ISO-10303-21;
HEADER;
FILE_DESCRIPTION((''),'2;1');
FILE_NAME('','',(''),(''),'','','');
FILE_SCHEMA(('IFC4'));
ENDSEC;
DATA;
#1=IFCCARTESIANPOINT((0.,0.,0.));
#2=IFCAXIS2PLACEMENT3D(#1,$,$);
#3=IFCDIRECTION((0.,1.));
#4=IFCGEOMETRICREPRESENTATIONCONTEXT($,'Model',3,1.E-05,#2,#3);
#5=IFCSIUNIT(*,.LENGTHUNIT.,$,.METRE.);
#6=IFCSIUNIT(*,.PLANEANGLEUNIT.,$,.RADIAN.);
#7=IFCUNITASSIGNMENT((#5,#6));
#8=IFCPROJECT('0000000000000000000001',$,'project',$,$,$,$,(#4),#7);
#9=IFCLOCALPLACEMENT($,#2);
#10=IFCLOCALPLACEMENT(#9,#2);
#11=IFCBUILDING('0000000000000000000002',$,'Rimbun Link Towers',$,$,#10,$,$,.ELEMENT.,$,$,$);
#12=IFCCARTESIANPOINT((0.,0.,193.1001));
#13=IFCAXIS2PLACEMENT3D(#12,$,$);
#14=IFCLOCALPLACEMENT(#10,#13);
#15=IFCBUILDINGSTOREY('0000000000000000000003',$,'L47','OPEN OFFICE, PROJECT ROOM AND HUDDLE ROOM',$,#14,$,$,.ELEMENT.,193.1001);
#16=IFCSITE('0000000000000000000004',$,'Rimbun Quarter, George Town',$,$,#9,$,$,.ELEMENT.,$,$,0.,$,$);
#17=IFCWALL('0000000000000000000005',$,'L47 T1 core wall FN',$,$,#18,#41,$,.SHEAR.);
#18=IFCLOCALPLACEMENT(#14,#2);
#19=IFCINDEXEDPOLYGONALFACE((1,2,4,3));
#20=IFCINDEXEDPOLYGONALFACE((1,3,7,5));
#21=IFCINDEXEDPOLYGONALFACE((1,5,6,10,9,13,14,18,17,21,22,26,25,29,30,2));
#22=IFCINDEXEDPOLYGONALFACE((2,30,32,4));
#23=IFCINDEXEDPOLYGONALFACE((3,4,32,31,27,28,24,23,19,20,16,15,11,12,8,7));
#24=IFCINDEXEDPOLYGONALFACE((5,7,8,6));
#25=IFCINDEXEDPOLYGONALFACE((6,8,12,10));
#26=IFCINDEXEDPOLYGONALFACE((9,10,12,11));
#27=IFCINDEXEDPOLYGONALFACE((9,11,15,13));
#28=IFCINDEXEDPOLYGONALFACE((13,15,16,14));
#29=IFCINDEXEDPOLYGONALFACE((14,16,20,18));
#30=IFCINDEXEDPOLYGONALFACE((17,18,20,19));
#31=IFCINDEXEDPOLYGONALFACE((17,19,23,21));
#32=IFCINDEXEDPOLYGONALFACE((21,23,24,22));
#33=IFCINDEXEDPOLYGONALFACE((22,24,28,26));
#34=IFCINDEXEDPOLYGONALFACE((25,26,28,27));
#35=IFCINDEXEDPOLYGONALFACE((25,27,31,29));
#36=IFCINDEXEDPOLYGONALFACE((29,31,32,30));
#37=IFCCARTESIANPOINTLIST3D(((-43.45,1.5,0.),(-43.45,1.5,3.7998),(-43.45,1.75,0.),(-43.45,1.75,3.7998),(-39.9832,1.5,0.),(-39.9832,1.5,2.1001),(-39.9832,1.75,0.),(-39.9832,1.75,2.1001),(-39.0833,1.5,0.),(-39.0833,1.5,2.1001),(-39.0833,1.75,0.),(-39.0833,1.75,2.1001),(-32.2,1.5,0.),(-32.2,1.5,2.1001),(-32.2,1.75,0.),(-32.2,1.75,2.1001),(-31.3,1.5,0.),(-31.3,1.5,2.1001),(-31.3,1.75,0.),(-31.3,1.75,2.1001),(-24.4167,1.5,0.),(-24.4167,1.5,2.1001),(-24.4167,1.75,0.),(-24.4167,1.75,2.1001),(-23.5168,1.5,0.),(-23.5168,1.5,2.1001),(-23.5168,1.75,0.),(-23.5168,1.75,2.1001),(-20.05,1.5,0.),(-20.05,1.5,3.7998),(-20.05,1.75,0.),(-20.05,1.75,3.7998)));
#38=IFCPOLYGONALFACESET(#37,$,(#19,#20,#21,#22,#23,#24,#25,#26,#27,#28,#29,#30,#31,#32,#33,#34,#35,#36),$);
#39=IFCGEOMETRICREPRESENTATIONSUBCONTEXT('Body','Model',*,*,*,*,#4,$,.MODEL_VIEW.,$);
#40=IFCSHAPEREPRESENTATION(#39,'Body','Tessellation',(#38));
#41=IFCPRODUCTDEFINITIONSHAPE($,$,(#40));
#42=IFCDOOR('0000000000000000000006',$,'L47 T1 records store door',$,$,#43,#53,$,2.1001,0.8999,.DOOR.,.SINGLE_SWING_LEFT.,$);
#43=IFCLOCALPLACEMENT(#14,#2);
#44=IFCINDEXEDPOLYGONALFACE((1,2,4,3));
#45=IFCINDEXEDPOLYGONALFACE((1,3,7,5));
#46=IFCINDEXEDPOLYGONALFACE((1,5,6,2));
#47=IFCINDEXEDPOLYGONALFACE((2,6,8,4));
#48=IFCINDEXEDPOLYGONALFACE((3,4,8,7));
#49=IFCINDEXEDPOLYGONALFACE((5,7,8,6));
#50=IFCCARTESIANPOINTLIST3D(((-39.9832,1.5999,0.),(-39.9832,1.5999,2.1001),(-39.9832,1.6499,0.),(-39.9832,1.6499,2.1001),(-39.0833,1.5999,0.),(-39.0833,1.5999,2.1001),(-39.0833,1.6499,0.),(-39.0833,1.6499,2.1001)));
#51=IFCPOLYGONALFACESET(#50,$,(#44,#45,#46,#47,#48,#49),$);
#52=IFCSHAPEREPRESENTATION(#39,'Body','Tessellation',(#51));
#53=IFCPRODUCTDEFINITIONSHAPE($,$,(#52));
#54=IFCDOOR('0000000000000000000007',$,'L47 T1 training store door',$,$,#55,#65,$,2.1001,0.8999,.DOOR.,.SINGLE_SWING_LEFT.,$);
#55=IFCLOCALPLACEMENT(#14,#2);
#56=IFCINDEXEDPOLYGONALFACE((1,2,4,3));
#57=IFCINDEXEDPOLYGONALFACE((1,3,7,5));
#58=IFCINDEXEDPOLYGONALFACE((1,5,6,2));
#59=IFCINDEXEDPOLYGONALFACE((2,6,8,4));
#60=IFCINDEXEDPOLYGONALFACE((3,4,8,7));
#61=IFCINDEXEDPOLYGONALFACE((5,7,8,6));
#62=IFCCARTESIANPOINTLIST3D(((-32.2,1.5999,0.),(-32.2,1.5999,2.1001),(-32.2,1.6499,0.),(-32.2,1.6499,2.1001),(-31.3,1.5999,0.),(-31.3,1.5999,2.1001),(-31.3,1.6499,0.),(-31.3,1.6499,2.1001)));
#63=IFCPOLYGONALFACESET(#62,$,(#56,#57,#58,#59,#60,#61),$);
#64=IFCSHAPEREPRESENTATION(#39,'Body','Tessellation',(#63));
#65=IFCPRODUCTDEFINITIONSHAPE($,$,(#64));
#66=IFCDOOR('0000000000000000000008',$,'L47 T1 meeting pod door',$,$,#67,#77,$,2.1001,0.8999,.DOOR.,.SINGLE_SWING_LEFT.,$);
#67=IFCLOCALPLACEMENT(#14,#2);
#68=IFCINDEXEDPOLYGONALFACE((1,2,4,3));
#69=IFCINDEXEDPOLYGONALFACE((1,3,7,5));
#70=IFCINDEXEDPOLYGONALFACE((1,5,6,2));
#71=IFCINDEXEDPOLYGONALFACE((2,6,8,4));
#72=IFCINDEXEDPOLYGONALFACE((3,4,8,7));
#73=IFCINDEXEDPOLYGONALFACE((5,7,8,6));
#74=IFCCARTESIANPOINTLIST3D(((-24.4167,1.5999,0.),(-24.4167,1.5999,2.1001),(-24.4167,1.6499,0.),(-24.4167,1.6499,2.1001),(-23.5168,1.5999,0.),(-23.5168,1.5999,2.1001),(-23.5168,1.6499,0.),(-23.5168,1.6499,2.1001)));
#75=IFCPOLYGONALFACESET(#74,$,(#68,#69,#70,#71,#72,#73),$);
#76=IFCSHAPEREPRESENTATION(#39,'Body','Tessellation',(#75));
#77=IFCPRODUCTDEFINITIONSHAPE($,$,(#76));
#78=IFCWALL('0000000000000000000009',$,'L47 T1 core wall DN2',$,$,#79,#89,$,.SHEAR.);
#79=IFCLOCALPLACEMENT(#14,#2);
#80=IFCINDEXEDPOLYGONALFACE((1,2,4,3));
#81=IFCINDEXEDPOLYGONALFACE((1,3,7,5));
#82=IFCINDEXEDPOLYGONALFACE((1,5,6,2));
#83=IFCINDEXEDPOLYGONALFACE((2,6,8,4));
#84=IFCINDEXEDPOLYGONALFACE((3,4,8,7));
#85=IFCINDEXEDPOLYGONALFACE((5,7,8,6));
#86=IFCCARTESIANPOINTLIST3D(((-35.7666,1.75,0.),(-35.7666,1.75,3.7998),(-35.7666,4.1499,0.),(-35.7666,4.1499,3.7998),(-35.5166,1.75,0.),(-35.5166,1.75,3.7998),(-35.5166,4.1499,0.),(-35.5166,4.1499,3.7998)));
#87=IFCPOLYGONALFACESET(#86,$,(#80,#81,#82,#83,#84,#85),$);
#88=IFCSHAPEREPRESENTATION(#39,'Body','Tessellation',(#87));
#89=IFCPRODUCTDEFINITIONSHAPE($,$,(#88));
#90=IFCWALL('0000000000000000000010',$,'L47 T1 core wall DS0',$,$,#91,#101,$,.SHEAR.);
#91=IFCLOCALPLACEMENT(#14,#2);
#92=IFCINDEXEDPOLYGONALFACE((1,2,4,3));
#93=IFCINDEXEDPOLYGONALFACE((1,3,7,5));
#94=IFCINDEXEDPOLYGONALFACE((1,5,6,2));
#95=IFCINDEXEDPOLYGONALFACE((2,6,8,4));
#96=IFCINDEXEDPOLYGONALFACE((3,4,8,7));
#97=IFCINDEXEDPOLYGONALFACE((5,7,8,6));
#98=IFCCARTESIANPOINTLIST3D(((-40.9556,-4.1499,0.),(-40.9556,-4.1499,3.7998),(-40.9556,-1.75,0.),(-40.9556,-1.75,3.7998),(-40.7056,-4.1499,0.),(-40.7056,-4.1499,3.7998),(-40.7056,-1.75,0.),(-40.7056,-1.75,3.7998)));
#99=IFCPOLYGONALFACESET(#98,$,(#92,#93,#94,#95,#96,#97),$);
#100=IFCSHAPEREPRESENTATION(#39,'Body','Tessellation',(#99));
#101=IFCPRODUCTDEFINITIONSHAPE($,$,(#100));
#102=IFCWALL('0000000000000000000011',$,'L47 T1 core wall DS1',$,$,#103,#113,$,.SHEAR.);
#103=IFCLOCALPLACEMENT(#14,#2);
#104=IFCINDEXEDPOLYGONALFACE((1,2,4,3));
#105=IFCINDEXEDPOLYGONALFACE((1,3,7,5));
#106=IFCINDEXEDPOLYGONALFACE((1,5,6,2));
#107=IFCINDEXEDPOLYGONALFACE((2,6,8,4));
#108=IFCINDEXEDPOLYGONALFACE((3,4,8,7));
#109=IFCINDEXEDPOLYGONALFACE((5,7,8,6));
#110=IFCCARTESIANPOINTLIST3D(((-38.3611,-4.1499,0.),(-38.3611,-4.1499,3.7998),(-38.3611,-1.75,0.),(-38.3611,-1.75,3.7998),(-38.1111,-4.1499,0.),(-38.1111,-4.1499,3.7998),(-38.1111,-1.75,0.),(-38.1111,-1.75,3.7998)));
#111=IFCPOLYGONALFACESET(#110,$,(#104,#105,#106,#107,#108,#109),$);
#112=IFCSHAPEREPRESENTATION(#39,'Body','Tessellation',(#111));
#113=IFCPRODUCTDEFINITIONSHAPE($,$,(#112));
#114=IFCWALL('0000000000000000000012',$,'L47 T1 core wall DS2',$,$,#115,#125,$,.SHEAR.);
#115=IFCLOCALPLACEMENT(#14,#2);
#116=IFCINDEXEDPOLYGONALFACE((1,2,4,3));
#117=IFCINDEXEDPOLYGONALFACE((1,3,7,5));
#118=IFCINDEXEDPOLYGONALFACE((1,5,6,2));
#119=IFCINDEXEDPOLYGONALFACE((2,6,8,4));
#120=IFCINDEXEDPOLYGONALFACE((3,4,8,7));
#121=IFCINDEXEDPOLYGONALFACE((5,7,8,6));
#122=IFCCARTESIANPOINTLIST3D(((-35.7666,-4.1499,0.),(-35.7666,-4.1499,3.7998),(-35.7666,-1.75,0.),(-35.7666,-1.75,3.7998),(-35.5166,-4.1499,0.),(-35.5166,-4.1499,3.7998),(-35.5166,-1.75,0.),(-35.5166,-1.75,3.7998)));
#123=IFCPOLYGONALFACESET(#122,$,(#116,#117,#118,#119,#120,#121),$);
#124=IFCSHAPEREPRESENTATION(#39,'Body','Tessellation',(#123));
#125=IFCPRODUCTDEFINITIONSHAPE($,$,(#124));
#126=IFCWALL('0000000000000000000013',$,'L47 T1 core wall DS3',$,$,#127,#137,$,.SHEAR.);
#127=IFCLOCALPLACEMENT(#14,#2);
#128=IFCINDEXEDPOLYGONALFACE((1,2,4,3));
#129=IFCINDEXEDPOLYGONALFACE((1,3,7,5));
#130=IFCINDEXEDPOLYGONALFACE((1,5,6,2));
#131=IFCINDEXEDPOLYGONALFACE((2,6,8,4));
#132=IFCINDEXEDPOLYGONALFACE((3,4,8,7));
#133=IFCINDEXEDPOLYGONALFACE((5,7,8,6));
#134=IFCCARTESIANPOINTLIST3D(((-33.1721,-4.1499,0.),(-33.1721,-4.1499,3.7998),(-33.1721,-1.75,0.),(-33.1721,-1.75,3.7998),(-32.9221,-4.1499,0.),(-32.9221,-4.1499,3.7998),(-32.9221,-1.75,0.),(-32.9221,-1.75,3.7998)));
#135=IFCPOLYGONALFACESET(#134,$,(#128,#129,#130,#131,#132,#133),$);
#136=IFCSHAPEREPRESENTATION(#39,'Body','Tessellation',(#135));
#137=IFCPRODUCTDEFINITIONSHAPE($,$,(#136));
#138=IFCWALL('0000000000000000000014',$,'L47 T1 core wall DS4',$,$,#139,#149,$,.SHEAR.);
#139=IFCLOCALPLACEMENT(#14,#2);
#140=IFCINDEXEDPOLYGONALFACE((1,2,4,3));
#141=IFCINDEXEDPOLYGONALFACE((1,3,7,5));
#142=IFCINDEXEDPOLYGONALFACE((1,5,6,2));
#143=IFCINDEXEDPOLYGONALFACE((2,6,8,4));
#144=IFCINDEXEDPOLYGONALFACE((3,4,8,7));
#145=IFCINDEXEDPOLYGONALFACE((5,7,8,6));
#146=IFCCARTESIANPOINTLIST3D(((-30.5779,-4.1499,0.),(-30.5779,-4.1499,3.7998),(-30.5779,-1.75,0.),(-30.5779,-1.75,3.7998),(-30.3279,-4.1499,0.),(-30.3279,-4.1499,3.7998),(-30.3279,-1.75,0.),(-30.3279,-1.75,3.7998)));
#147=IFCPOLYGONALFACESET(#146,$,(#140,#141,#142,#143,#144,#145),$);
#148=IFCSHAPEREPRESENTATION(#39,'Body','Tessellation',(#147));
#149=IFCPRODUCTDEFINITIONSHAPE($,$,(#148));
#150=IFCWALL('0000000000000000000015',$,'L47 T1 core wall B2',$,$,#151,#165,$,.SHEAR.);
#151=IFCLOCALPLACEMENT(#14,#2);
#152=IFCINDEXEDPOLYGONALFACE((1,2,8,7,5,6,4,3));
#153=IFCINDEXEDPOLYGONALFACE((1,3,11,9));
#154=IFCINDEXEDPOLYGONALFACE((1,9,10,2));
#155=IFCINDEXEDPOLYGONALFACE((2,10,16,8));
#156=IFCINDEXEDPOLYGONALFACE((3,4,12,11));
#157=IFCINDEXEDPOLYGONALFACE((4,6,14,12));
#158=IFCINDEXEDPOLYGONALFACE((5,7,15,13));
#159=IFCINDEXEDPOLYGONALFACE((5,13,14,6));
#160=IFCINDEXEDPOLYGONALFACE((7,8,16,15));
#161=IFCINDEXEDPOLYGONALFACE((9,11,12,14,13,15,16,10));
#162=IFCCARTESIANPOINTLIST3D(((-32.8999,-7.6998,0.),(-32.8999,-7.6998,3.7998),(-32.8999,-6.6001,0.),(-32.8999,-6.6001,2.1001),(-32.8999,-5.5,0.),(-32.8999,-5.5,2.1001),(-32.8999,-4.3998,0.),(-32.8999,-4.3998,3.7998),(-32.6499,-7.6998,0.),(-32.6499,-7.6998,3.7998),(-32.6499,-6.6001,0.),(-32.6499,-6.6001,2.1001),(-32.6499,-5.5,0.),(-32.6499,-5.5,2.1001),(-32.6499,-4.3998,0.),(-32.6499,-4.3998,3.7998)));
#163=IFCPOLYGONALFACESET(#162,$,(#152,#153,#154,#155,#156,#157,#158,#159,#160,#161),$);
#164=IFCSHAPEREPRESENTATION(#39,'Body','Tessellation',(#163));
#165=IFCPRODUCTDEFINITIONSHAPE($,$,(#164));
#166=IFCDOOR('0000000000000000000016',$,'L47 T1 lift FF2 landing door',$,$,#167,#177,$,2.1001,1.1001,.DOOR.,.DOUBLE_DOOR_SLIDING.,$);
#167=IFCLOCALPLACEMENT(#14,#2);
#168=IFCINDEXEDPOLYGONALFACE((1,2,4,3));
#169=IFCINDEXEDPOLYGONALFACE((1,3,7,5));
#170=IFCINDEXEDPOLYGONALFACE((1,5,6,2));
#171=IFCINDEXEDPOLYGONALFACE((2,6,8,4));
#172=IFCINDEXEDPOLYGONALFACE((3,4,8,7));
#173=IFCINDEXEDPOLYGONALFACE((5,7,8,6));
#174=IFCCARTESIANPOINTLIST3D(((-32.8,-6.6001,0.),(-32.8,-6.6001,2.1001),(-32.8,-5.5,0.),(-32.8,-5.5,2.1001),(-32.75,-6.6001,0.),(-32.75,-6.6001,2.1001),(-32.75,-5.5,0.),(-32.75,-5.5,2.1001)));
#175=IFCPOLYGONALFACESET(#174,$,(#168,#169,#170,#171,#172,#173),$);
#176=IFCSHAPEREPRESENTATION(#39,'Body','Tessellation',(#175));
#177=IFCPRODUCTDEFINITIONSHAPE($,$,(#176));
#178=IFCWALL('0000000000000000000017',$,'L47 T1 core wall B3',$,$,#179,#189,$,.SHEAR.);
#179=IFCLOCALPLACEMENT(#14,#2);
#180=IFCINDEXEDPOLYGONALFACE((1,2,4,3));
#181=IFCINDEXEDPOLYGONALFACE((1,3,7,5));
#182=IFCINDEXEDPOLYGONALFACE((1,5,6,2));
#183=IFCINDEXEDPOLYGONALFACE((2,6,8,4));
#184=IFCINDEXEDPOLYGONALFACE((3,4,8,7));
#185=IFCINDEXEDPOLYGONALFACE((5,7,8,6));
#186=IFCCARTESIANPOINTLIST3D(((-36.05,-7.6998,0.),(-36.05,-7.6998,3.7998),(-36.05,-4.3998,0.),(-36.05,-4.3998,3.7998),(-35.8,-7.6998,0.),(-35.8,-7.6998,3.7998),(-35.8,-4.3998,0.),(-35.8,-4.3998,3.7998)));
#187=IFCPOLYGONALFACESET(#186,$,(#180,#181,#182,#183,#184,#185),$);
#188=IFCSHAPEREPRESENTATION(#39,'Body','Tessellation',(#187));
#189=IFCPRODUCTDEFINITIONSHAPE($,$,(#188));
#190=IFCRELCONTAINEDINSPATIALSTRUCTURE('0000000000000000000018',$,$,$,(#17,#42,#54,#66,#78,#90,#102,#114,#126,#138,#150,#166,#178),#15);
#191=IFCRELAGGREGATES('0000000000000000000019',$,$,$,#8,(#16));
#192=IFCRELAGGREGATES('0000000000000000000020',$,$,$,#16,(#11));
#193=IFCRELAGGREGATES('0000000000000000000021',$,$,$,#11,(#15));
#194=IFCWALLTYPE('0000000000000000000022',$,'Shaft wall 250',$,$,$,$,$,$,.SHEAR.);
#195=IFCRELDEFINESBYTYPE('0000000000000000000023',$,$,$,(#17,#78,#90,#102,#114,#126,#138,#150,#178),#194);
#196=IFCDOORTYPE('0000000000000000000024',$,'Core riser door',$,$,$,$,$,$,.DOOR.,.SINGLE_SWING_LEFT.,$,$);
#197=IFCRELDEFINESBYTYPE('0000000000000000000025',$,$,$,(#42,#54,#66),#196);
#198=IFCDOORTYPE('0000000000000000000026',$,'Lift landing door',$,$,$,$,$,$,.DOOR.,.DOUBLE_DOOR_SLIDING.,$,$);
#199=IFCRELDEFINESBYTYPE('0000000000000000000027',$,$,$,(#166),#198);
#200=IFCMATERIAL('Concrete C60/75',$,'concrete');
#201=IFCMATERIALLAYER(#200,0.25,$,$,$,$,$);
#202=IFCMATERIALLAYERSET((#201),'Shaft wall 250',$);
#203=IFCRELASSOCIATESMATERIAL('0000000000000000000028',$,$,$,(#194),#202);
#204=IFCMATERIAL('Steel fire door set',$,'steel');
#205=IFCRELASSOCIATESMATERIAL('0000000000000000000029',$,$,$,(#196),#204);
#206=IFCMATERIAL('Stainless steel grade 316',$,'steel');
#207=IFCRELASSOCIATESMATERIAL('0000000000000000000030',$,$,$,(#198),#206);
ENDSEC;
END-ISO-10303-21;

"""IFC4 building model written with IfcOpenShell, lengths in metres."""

from ifc_helpers import new_model, si_unit, direction, frame, frame_2d, origin, place, context, subcontext, project, spatial, rectangle, extrude, material, layer, layer_set, type_object, element, fill, save


model = new_model("IFC4")

# Units and contexts
model_context = context("Model", 3, precision=1e-05, world=origin(), true_north=direction((0.0, 1.0)))
body_context = subcontext(model_context, "Body", "Model", "MODEL_VIEW")
ifc_project = project(units=[si_unit("LENGTHUNIT", "METRE"), si_unit("PLANEANGLEUNIT", "RADIAN")], contexts=[model_context])

# Site, building, storey
site_placement = place(None, origin())
site = spatial("IfcSite", under=ifc_project, at=site_placement, Name="Rimbun Quarter, George Town", CompositionType="ELEMENT", RefElevation=0.0)
building_placement = place(site_placement, origin())
building = spatial("IfcBuilding", under=site, at=building_placement, Name="Rimbun Link Towers", CompositionType="ELEMENT")
storey_placement = place(building_placement, frame((0.0, 0.0, 193.1001)))
storey = spatial("IfcBuildingStorey", under=building, at=storey_placement, Name="L47", Description="OPEN OFFICE, PROJECT ROOM AND HUDDLE ROOM", CompositionType="ELEMENT", Elevation=193.1001)

# Shared definitions
ifc_material_1 = material(Name="Concrete C60/75", Category="concrete")
ifc_layer_1 = layer(ifc_material_1, 0.25)
ifc_layer_set_1 = layer_set([ifc_layer_1], Name="Shaft wall 250")
wall_type_1 = type_object("IfcWallType", Name="Shaft wall 250", PredefinedType="SHEAR", material=ifc_layer_set_1)

# Wall, openings, doors
wall_1_placement = place(storey_placement, frame((-43.45, 1.625, 0.0), z_axis=(0.0, 0.0, 1.0), x_axis=(1.0, 0.0, 0.0)))
wall_1 = element("IfcWall", 1, at=wall_1_placement, inside=storey, type_object=wall_type_1, Name="L47 T1 core wall FN", PredefinedType="SHEAR", context=body_context, shape_type="SweptSolid", body=[
    extrude(rectangle(XDim=23.3999, YDim=0.25, at=frame_2d((11.7, 0.0))), origin(), (0.0, 0.0, 1.0), 3.7998),
])
opening_1_placement = place(wall_1_placement, frame((3.4668, 0.0, 0.0)))
opening_1 = element("IfcOpeningElement", 2, at=opening_1_placement, cuts=wall_1, PredefinedType="OPENING", context=body_context, shape_type="SweptSolid", body=[
    extrude(rectangle(XDim=0.8999, YDim=2.1001, at=frame_2d((0.45, 1.05))), frame((0.0, 0.135, 0.0), z_axis=(0.0, -1.0, 0.0), x_axis=(1.0, 0.0, 0.0)), (0.0, 0.0, 1.0), 0.27),
])
opening_2_placement = place(wall_1_placement, frame((11.25, 0.0, 0.0)))
opening_2 = element("IfcOpeningElement", 3, at=opening_2_placement, cuts=wall_1, PredefinedType="OPENING", context=body_context, shape_type="SweptSolid", body=[
    extrude(rectangle(XDim=0.8999, YDim=2.1001, at=frame_2d((0.45, 1.05))), frame((0.0, 0.135, 0.0), z_axis=(0.0, -1.0, 0.0), x_axis=(1.0, 0.0, 0.0)), (0.0, 0.0, 1.0), 0.27),
])
opening_3_placement = place(wall_1_placement, frame((19.0332, 0.0, 0.0)))
opening_3 = element("IfcOpeningElement", 4, at=opening_3_placement, cuts=wall_1, PredefinedType="OPENING", context=body_context, shape_type="SweptSolid", body=[
    extrude(rectangle(XDim=0.8999, YDim=2.1001, at=frame_2d((0.45, 1.05))), frame((0.0, 0.135, 0.0), z_axis=(0.0, -1.0, 0.0), x_axis=(1.0, 0.0, 0.0)), (0.0, 0.0, 1.0), 0.27),
])
ifc_material_2 = material(Name="Steel fire door set", Category="steel")
door_type_1 = type_object("IfcDoorType", Name="Core riser door", OperationType="SINGLE_SWING_LEFT", PredefinedType="DOOR", material=ifc_material_2)
door_1_placement = place(opening_1_placement, origin())
door_1 = element("IfcDoor", 5, at=door_1_placement, inside=storey, type_object=door_type_1, Name="L47 T1 records store door", OperationType="SINGLE_SWING_LEFT", OverallHeight=2.1001, OverallWidth=0.8999, PredefinedType="DOOR", context=body_context, shape_type="SweptSolid", body=[
    extrude(rectangle(XDim=0.8999, YDim=2.1001, at=frame_2d((0.45, 1.05))), frame((0.0, 0.0249, 0.0), z_axis=(0.0, -1.0, 0.0), x_axis=(1.0, 0.0, 0.0)), (0.0, 0.0, 1.0), 0.05),
])
fill(opening_1, door_1)
door_2_placement = place(opening_2_placement, origin())
door_2 = element("IfcDoor", 6, at=door_2_placement, inside=storey, type_object=door_type_1, Name="L47 T1 training store door", OperationType="SINGLE_SWING_LEFT", OverallHeight=2.1001, OverallWidth=0.8999, PredefinedType="DOOR", context=body_context, shape_type="SweptSolid", body=[
    extrude(rectangle(XDim=0.8999, YDim=2.1001, at=frame_2d((0.45, 1.05))), frame((0.0, 0.0249, 0.0), z_axis=(0.0, -1.0, 0.0), x_axis=(1.0, 0.0, 0.0)), (0.0, 0.0, 1.0), 0.05),
])
fill(opening_2, door_2)
door_3_placement = place(opening_3_placement, origin())
door_3 = element("IfcDoor", 7, at=door_3_placement, inside=storey, type_object=door_type_1, Name="L47 T1 meeting pod door", OperationType="SINGLE_SWING_LEFT", OverallHeight=2.1001, OverallWidth=0.8999, PredefinedType="DOOR", context=body_context, shape_type="SweptSolid", body=[
    extrude(rectangle(XDim=0.8999, YDim=2.1001, at=frame_2d((0.45, 1.05))), frame((0.0, 0.0249, 0.0), z_axis=(0.0, -1.0, 0.0), x_axis=(1.0, 0.0, 0.0)), (0.0, 0.0, 1.0), 0.05),
])
fill(opening_3, door_3)

# Walls
for number, where, z_axis, x_axis, name in (
    (8, (-35.6416, 1.75, 0.0), (0.0, 0.0, 1.0), (0.0, 1.0, 0.0), "L47 T1 core wall DN2"),
    (9, (-40.8306, -4.1499, 0.0), (0.0, 0.0, 1.0), (0.0, 1.0, 0.0), "L47 T1 core wall DS0"),
    (10, (-38.2361, -4.1499, 0.0), (0.0, 0.0, 1.0), (0.0, 1.0, 0.0), "L47 T1 core wall DS1"),
    (11, (-35.6416, -4.1499, 0.0), (0.0, 0.0, 1.0), (0.0, 1.0, 0.0), "L47 T1 core wall DS2"),
    (12, (-33.0471, -4.1499, 0.0), (0.0, 0.0, 1.0), (0.0, 1.0, 0.0), "L47 T1 core wall DS3"),
    (13, (-30.4529, -4.1499, 0.0), (0.0, 0.0, 1.0), (0.0, 1.0, 0.0), "L47 T1 core wall DS4"),
):
    element("IfcWall", number, at=place(storey_placement, frame(where, z_axis=z_axis, x_axis=x_axis)), inside=storey, type_object=wall_type_1, Name=name, PredefinedType="SHEAR", context=body_context, shape_type="SweptSolid", body=[
        extrude(rectangle(XDim=2.3999, YDim=0.25, at=frame_2d((1.2, 0.0))), origin(), (0.0, 0.0, 1.0), 3.7998),
    ])

# Wall, opening, door
wall_2_placement = place(storey_placement, frame((-32.7749, -4.3999, 0.0), z_axis=(0.0, 0.0, 1.0), x_axis=(0.0, -1.0, 0.0)))
wall_2 = element("IfcWall", 14, at=wall_2_placement, inside=storey, type_object=wall_type_1, Name="L47 T1 core wall B2", PredefinedType="SHEAR", context=body_context, shape_type="SweptSolid", body=[
    extrude(rectangle(XDim=3.3, YDim=0.25, at=frame_2d((1.6499, 0.0))), origin(), (0.0, 0.0, 1.0), 3.7998),
])
opening_4_placement = place(wall_2_placement, frame((1.1001, 0.0, 0.0)))
opening_4 = element("IfcOpeningElement", 15, at=opening_4_placement, cuts=wall_2, PredefinedType="OPENING", context=body_context, shape_type="SweptSolid", body=[
    extrude(rectangle(XDim=1.1001, YDim=2.1001, at=frame_2d((0.55, 1.05))), frame((0.0, 0.135, 0.0), z_axis=(0.0, -1.0, 0.0), x_axis=(1.0, 0.0, 0.0)), (0.0, 0.0, 1.0), 0.27),
])
ifc_material_3 = material(Name="Stainless steel grade 316", Category="steel")
door_type_2 = type_object("IfcDoorType", Name="Lift landing door", OperationType="DOUBLE_DOOR_SLIDING", PredefinedType="DOOR", material=ifc_material_3)
door_4_placement = place(opening_4_placement, origin())
door_4 = element("IfcDoor", 16, at=door_4_placement, inside=storey, type_object=door_type_2, Name="L47 T1 lift FF2 landing door", OperationType="DOUBLE_DOOR_SLIDING", OverallHeight=2.1001, OverallWidth=1.1001, PredefinedType="DOOR", context=body_context, shape_type="SweptSolid", body=[
    extrude(rectangle(XDim=1.1001, YDim=2.1001, at=frame_2d((0.55, 1.05))), frame((0.0, 0.0249, 0.0), z_axis=(0.0, -1.0, 0.0), x_axis=(1.0, 0.0, 0.0)), (0.0, 0.0, 1.0), 0.05),
])
fill(opening_4, door_4)

# Wall
wall_3_placement = place(storey_placement, frame((-35.925, -4.3999, 0.0), z_axis=(0.0, 0.0, 1.0), x_axis=(0.0, -1.0, 0.0)))
element("IfcWall", 17, at=wall_3_placement, inside=storey, type_object=wall_type_1, Name="L47 T1 core wall B3", PredefinedType="SHEAR", context=body_context, shape_type="SweptSolid", body=[
    extrude(rectangle(XDim=3.3, YDim=0.25, at=frame_2d((1.6499, 0.0))), origin(), (0.0, 0.0, 1.0), 3.7998),
])

save(model, "model.ifc")
